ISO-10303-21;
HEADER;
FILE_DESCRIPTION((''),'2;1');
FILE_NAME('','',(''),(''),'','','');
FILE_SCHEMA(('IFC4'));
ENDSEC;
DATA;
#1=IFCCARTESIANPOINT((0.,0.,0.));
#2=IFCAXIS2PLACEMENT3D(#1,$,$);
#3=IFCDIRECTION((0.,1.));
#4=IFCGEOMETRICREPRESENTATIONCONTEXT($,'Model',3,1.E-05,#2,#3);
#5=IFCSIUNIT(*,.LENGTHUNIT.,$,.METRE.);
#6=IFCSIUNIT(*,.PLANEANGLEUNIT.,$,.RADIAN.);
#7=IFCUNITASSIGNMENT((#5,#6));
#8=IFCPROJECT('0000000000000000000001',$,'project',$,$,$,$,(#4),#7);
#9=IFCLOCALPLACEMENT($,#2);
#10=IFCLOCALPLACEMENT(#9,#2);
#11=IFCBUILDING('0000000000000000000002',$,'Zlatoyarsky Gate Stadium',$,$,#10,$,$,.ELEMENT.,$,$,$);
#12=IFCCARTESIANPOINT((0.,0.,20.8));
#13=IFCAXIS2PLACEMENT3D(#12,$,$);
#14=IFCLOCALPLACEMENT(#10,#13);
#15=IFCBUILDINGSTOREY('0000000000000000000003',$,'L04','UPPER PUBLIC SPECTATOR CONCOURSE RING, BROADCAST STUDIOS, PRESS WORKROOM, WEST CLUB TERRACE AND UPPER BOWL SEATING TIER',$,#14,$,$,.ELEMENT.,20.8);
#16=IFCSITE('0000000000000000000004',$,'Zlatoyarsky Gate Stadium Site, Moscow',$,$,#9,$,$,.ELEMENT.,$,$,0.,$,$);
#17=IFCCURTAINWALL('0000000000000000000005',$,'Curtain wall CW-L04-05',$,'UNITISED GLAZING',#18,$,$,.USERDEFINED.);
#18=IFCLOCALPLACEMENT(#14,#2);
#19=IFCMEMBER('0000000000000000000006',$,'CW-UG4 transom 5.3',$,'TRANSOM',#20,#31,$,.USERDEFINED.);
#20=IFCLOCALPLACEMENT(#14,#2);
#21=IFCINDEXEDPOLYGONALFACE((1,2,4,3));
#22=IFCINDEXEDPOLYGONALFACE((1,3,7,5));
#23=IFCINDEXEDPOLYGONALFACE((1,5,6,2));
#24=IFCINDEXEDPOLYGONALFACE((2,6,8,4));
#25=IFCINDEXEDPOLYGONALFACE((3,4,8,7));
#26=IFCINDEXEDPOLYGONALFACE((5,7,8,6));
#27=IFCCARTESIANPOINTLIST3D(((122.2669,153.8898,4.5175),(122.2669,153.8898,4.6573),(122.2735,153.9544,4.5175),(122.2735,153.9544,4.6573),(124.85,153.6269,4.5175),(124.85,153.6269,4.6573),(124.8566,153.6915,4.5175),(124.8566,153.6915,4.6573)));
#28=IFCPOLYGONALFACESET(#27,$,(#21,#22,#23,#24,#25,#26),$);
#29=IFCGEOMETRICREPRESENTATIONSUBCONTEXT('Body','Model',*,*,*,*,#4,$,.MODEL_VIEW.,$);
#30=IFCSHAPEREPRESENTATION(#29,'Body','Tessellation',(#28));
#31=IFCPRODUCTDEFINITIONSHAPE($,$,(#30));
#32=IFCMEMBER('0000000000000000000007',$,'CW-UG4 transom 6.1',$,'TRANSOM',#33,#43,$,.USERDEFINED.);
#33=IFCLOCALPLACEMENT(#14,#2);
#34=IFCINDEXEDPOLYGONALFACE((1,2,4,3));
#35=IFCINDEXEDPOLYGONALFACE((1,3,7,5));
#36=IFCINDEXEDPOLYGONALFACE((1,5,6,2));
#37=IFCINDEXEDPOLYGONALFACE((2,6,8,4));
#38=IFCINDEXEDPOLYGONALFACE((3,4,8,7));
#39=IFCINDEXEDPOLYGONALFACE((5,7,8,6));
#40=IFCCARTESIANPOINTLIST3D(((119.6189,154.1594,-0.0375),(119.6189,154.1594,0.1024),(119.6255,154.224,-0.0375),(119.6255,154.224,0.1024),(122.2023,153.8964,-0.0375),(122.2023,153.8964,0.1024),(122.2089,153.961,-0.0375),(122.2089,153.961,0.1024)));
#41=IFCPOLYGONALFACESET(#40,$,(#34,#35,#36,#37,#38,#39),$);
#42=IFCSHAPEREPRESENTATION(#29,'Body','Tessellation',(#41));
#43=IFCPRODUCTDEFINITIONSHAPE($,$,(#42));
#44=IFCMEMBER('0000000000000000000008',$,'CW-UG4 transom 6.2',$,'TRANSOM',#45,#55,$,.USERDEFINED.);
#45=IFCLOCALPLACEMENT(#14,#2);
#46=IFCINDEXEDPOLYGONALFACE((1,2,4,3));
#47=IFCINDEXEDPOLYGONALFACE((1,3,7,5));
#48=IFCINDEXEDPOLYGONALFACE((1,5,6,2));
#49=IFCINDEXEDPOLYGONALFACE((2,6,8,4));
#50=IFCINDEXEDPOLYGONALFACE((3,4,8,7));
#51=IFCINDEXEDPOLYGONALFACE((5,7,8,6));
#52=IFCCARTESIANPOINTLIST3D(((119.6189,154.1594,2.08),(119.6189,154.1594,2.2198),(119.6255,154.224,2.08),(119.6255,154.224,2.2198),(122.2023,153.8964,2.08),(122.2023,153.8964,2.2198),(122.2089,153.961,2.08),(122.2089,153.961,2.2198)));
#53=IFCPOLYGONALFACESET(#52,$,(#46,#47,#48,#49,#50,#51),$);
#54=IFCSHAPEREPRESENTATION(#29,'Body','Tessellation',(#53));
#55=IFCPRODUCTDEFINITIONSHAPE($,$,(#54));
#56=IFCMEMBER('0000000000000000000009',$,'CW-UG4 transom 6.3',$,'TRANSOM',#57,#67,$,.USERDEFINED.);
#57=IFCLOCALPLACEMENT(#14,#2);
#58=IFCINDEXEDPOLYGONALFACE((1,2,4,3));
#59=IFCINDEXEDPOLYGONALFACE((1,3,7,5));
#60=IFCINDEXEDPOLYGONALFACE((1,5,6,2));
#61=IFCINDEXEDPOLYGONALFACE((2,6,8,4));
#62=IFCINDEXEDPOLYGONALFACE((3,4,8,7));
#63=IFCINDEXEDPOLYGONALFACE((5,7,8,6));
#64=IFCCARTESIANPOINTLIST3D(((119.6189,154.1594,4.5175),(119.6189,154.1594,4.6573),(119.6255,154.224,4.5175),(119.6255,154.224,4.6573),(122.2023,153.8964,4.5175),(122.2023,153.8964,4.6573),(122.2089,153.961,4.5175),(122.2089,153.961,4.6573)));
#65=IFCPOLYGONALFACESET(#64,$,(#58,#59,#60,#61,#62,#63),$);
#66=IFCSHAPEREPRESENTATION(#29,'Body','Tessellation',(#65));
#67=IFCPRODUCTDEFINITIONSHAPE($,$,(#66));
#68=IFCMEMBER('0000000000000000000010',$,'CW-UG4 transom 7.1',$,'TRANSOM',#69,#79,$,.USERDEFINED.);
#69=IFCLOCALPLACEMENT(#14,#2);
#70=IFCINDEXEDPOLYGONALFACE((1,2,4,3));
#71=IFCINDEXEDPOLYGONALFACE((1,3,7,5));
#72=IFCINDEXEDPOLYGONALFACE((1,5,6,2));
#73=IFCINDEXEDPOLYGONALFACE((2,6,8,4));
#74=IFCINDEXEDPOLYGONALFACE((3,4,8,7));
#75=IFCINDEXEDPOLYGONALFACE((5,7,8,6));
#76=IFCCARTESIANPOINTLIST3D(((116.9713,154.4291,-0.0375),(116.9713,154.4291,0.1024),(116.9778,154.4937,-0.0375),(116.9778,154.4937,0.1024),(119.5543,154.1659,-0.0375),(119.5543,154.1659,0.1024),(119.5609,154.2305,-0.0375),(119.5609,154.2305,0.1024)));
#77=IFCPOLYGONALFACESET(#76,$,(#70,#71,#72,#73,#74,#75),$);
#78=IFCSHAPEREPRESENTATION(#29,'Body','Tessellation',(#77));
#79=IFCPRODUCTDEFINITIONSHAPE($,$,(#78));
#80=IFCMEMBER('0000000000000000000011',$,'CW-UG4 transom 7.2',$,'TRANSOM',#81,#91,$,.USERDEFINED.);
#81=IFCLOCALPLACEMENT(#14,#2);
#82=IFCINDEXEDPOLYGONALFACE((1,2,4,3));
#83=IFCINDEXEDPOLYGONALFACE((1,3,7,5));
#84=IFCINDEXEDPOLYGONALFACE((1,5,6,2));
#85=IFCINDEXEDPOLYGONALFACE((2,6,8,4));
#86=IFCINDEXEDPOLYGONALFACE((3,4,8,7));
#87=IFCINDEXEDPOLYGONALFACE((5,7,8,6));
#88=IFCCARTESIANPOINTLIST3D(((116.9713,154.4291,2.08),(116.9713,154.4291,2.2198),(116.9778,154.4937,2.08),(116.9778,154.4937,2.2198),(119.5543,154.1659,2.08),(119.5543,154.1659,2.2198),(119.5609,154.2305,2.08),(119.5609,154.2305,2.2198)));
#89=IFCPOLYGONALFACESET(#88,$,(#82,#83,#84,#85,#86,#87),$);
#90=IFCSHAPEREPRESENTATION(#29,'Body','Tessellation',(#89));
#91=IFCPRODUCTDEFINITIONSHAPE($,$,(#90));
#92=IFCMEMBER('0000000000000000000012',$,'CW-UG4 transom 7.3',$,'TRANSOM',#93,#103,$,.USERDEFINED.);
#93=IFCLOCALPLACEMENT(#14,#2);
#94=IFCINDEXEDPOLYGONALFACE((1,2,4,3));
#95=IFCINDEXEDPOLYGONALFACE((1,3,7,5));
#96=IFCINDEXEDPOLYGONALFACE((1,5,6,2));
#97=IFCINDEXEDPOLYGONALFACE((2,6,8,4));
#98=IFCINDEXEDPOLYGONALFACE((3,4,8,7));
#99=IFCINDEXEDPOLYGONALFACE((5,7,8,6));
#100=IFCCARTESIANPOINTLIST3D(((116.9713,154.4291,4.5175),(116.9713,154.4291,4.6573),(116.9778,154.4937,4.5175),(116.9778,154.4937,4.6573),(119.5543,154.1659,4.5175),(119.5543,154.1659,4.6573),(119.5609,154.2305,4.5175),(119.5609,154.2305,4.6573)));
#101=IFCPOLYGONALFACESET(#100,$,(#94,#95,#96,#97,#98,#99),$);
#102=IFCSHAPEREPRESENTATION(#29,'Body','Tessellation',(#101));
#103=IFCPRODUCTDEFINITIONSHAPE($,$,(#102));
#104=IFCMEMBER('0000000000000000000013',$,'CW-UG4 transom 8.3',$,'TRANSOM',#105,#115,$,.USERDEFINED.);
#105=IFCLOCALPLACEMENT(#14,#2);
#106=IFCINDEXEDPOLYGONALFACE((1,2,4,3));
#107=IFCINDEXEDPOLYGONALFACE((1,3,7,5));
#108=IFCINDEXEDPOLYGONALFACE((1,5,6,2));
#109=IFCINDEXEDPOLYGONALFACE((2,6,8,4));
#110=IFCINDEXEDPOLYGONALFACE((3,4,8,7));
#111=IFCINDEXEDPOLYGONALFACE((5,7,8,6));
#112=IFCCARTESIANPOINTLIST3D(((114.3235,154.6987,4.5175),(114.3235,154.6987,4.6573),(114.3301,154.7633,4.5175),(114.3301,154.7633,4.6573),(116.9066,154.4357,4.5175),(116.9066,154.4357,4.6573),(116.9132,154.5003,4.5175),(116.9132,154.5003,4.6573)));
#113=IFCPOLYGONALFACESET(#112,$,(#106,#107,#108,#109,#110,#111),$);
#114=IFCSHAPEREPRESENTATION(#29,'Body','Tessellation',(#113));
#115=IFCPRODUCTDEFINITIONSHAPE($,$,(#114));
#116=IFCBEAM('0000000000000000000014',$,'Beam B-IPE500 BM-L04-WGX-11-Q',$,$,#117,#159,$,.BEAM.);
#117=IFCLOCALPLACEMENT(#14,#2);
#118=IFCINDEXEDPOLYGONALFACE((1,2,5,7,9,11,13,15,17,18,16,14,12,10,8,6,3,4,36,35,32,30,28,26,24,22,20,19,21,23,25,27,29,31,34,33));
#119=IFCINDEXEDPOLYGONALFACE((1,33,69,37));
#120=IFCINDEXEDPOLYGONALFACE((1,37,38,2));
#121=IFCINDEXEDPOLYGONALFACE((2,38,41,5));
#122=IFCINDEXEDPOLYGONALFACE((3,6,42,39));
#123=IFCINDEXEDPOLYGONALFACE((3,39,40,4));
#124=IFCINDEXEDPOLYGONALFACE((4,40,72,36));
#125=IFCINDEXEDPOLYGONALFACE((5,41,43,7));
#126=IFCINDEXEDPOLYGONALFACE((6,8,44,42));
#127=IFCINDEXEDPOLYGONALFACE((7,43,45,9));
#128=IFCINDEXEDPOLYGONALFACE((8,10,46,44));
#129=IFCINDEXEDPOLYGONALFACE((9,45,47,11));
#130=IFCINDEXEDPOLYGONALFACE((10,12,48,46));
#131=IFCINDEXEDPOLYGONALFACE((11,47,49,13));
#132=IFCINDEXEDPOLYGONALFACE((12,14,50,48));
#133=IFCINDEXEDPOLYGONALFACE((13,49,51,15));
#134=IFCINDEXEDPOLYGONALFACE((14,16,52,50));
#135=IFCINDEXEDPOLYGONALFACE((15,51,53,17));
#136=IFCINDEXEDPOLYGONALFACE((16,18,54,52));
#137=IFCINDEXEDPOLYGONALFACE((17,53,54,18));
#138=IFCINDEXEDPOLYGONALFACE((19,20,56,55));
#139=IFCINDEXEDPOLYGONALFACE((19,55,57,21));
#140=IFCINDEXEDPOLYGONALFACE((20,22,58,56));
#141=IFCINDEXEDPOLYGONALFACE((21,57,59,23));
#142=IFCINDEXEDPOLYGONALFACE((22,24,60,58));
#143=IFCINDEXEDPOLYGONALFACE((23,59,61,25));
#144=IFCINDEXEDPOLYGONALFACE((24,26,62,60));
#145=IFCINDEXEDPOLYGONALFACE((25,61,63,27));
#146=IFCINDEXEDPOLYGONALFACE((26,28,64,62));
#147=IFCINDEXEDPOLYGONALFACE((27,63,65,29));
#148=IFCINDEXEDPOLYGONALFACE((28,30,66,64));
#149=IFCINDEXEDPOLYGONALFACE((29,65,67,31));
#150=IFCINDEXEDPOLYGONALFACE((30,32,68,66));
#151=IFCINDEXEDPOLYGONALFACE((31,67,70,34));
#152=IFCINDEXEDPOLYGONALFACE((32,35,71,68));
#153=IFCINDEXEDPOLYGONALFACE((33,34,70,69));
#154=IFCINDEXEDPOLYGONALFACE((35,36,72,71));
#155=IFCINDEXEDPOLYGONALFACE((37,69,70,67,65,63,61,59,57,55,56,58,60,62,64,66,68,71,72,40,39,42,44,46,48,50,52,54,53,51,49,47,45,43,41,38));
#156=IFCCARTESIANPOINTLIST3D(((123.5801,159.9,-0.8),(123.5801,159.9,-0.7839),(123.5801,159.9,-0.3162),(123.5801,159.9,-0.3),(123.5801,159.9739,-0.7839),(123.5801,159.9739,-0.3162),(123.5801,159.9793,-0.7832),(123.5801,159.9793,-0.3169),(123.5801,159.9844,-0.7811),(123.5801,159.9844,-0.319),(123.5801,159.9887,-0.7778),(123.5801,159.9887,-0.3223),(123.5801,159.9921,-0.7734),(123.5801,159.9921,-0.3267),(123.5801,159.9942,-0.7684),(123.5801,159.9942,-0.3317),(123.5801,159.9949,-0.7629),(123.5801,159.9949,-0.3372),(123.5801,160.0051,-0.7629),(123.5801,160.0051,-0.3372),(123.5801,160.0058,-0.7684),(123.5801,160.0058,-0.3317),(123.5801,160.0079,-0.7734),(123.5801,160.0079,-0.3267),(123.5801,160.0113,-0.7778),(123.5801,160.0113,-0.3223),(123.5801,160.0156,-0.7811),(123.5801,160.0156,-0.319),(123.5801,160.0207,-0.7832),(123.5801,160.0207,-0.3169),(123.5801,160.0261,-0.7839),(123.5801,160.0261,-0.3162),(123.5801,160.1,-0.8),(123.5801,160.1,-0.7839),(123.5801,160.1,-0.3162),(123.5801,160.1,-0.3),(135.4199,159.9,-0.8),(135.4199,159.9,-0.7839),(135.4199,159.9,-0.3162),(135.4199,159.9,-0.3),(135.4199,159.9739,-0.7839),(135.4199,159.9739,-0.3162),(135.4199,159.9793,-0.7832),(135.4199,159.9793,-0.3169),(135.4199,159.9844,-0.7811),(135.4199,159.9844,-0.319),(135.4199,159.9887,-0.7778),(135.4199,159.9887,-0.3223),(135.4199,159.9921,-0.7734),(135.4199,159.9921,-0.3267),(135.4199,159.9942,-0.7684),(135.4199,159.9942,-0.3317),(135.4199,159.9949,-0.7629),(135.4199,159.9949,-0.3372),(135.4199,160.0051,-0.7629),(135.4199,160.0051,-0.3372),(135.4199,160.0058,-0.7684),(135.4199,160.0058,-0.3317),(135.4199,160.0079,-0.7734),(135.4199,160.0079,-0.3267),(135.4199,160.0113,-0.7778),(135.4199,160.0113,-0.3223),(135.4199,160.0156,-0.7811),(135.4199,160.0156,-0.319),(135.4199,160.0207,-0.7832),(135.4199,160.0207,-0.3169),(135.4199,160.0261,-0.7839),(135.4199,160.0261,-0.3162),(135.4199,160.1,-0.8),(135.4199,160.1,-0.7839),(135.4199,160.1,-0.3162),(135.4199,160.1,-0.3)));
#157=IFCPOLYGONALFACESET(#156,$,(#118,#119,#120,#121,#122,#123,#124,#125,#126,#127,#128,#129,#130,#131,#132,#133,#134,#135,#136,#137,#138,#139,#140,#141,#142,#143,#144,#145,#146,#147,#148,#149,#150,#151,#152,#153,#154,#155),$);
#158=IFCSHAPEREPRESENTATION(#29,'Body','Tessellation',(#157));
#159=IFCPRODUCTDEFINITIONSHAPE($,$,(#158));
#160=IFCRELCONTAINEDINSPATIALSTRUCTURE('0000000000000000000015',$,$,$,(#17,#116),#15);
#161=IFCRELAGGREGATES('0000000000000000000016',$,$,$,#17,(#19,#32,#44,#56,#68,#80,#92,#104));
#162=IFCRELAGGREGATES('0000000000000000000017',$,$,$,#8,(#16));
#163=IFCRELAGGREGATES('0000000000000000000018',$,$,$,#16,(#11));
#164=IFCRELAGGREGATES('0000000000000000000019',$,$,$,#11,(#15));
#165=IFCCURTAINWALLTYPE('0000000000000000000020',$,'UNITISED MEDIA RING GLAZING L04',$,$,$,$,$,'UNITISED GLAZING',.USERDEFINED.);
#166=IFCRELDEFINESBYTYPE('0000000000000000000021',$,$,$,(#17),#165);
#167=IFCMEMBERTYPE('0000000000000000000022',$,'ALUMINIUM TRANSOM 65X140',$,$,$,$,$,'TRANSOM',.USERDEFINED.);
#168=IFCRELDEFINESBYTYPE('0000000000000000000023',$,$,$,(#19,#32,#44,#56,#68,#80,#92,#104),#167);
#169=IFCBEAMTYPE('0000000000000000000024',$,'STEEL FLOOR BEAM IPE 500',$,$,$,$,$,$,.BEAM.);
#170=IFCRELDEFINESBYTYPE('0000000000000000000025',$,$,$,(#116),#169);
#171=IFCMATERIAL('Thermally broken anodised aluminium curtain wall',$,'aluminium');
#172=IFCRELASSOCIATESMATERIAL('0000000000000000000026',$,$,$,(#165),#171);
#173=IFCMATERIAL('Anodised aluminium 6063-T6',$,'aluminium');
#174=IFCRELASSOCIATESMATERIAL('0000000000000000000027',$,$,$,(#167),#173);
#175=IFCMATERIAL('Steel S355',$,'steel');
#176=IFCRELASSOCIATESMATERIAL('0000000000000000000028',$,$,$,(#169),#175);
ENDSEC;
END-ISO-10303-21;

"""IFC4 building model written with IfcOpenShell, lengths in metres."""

from ifc_helpers import new_model, si_unit, direction, frame, origin, origin_2d, place, context, subcontext, project, spatial, rectangle, i_section, extrude, material, material_profile, profile_set, type_object, element, aggregate, save


model = new_model("IFC4")

# Units and contexts
model_context = context("Model", 3, precision=1e-05, world=origin(), true_north=direction((0.0, 1.0)))
body_context = subcontext(model_context, "Body", "Model", "MODEL_VIEW")
ifc_project = project(units=[si_unit("LENGTHUNIT", "METRE"), si_unit("PLANEANGLEUNIT", "RADIAN")], contexts=[model_context])

# Site, building, storey
site_placement = place(None, origin())
site = spatial("IfcSite", under=ifc_project, at=site_placement, Name="Zlatoyarsky Gate Stadium Site, Moscow", CompositionType="ELEMENT", RefElevation=0.0)
building_placement = place(site_placement, origin())
building = spatial("IfcBuilding", under=site, at=building_placement, Name="Zlatoyarsky Gate Stadium", CompositionType="ELEMENT")
storey_placement = place(building_placement, frame((0.0, 0.0, 20.8)))
storey = spatial("IfcBuildingStorey", under=building, at=storey_placement, Name="L04", Description="UPPER PUBLIC SPECTATOR CONCOURSE RING, BROADCAST STUDIOS, PRESS WORKROOM, WEST CLUB TERRACE AND UPPER BOWL SEATING TIER", CompositionType="ELEMENT", Elevation=20.8)

# Curtain wall, members
ifc_material_1 = material(Name="Thermally broken anodised aluminium curtain wall", Category="aluminium")
curtain_wall_type = type_object("IfcCurtainWallType", Name="UNITISED MEDIA RING GLAZING L04", ElementType="UNITISED GLAZING", PredefinedType="USERDEFINED", material=ifc_material_1)
curtain_wall_placement = place(storey_placement, origin())
curtain_wall = element("IfcCurtainWall", 1, at=curtain_wall_placement, inside=storey, type_object=curtain_wall_type, Name="Curtain wall CW-L04-05", ObjectType="UNITISED GLAZING", PredefinedType="USERDEFINED")
ifc_material_2 = material(Name="Anodised aluminium 6063-T6", Category="aluminium")
ifc_material_profile_1 = material_profile(ifc_material_2, rectangle(XDim=0.0649, YDim=0.1399, at=origin_2d()), Name="ALU 65X140")
ifc_profile_set_1 = profile_set([ifc_material_profile_1], Name="Anodised aluminium 6063-T6")
member_type_1 = type_object("IfcMemberType", Name="ALUMINIUM TRANSOM 65X140", ElementType="TRANSOM", PredefinedType="USERDEFINED", material=ifc_profile_set_1)
member_1_placement = place(storey_placement, frame((124.8533, 153.6592, 4.5874), z_axis=(-0.994859, 0.101272, 0.0), x_axis=(-0.101272, -0.994859, 0.0)))
member_1 = element("IfcMember", 2, at=member_1_placement, type_object=member_type_1, Name="CW-UG4 transom 5.3", ObjectType="TRANSOM", PredefinedType="USERDEFINED", context=body_context, shape_type="SweptSolid", body=[
    extrude(rectangle(XDim=0.0649, YDim=0.1399, at=origin_2d()), origin(), (0.0, 0.0, 1.0), 2.5964),
])
member_2_placement = place(storey_placement, frame((122.2056, 153.9287, 0.0325), z_axis=(-0.99486, 0.101263, 0.0), x_axis=(-0.101263, -0.99486, 0.0)))
member_2 = element("IfcMember", 3, at=member_2_placement, type_object=member_type_1, Name="CW-UG4 transom 6.1", ObjectType="TRANSOM", PredefinedType="USERDEFINED", context=body_context, shape_type="SweptSolid", body=[
    extrude(rectangle(XDim=0.0649, YDim=0.1399, at=origin_2d()), origin(), (0.0, 0.0, 1.0), 2.5967),
])
member_3_placement = place(storey_placement, frame((122.2056, 153.9287, 2.1499), z_axis=(-0.99486, 0.101263, 0.0), x_axis=(-0.101263, -0.99486, 0.0)))
member_3 = element("IfcMember", 4, at=member_3_placement, type_object=member_type_1, Name="CW-UG4 transom 6.2", ObjectType="TRANSOM", PredefinedType="USERDEFINED", context=body_context, shape_type="SweptSolid", body=[
    extrude(rectangle(XDim=0.0649, YDim=0.1399, at=origin_2d()), origin(), (0.0, 0.0, 1.0), 2.5967),
])
member_4_placement = place(storey_placement, frame((122.2056, 153.9287, 4.5874), z_axis=(-0.99486, 0.101263, 0.0), x_axis=(-0.101263, -0.99486, 0.0)))
member_4 = element("IfcMember", 5, at=member_4_placement, type_object=member_type_1, Name="CW-UG4 transom 6.3", ObjectType="TRANSOM", PredefinedType="USERDEFINED", context=body_context, shape_type="SweptSolid", body=[
    extrude(rectangle(XDim=0.0649, YDim=0.1399, at=origin_2d()), origin(), (0.0, 0.0, 1.0), 2.5967),
])
member_5_placement = place(storey_placement, frame((119.5576, 154.1982, 0.0325), z_axis=(-0.994849, 0.101366, 0.0), x_axis=(-0.101366, -0.994849, 0.0)))
member_5 = element("IfcMember", 6, at=member_5_placement, type_object=member_type_1, Name="CW-UG4 transom 7.1", ObjectType="TRANSOM", PredefinedType="USERDEFINED", context=body_context, shape_type="SweptSolid", body=[
    extrude(rectangle(XDim=0.0649, YDim=0.1399, at=origin_2d()), origin(), (0.0, 0.0, 1.0), 2.5964),
])
member_6_placement = place(storey_placement, frame((119.5576, 154.1982, 2.1499), z_axis=(-0.994849, 0.101366, 0.0), x_axis=(-0.101366, -0.994849, 0.0)))
member_6 = element("IfcMember", 7, at=member_6_placement, type_object=member_type_1, Name="CW-UG4 transom 7.2", ObjectType="TRANSOM", PredefinedType="USERDEFINED", context=body_context, shape_type="SweptSolid", body=[
    extrude(rectangle(XDim=0.0649, YDim=0.1399, at=origin_2d()), origin(), (0.0, 0.0, 1.0), 2.5964),
])
member_7_placement = place(storey_placement, frame((119.5576, 154.1982, 4.5874), z_axis=(-0.994849, 0.101366, 0.0), x_axis=(-0.101366, -0.994849, 0.0)))
member_7 = element("IfcMember", 8, at=member_7_placement, type_object=member_type_1, Name="CW-UG4 transom 7.3", ObjectType="TRANSOM", PredefinedType="USERDEFINED", context=body_context, shape_type="SweptSolid", body=[
    extrude(rectangle(XDim=0.0649, YDim=0.1399, at=origin_2d()), origin(), (0.0, 0.0, 1.0), 2.5964),
])
member_8_placement = place(storey_placement, frame((116.9099, 154.468, 4.5874), z_axis=(-0.994859, 0.101272, 0.0), x_axis=(-0.101272, -0.994859, 0.0)))
member_8 = element("IfcMember", 9, at=member_8_placement, type_object=member_type_1, Name="CW-UG4 transom 8.3", ObjectType="TRANSOM", PredefinedType="USERDEFINED", context=body_context, shape_type="SweptSolid", body=[
    extrude(rectangle(XDim=0.0649, YDim=0.1399, at=origin_2d()), origin(), (0.0, 0.0, 1.0), 2.5964),
])

# Beam
ifc_material_3 = material(Name="Steel S355", Category="steel")
ifc_material_profile_2 = material_profile(ifc_material_3, i_section(OverallWidth=0.2, OverallDepth=0.5, WebThickness=0.0103, FlangeThickness=0.0161, FilletRadius=0.021, at=origin_2d()), Name="IPE 500")
ifc_profile_set_2 = profile_set([ifc_material_profile_2], Name="Steel S355")
beam_type = type_object("IfcBeamType", Name="STEEL FLOOR BEAM IPE 500", PredefinedType="BEAM", material=ifc_profile_set_2)
beam_placement = place(storey_placement, frame((123.5801, 160.0, -0.55), z_axis=(1.0, 0.0, 0.0), x_axis=(0.0, 1.0, 0.0)))
element("IfcBeam", 10, at=beam_placement, inside=storey, type_object=beam_type, Name="Beam B-IPE500 BM-L04-WGX-11-Q", PredefinedType="BEAM", context=body_context, shape_type="SweptSolid", body=[
    extrude(i_section(OverallWidth=0.2, OverallDepth=0.5, WebThickness=0.0103, FlangeThickness=0.0161, FilletRadius=0.021, at=origin_2d()), origin(), (0.0, 0.0, 1.0), 11.8398),
])

aggregate(curtain_wall, [member_1, member_2, member_3, member_4, member_5, member_6, member_7, member_8])

save(model, "model.ifc")
